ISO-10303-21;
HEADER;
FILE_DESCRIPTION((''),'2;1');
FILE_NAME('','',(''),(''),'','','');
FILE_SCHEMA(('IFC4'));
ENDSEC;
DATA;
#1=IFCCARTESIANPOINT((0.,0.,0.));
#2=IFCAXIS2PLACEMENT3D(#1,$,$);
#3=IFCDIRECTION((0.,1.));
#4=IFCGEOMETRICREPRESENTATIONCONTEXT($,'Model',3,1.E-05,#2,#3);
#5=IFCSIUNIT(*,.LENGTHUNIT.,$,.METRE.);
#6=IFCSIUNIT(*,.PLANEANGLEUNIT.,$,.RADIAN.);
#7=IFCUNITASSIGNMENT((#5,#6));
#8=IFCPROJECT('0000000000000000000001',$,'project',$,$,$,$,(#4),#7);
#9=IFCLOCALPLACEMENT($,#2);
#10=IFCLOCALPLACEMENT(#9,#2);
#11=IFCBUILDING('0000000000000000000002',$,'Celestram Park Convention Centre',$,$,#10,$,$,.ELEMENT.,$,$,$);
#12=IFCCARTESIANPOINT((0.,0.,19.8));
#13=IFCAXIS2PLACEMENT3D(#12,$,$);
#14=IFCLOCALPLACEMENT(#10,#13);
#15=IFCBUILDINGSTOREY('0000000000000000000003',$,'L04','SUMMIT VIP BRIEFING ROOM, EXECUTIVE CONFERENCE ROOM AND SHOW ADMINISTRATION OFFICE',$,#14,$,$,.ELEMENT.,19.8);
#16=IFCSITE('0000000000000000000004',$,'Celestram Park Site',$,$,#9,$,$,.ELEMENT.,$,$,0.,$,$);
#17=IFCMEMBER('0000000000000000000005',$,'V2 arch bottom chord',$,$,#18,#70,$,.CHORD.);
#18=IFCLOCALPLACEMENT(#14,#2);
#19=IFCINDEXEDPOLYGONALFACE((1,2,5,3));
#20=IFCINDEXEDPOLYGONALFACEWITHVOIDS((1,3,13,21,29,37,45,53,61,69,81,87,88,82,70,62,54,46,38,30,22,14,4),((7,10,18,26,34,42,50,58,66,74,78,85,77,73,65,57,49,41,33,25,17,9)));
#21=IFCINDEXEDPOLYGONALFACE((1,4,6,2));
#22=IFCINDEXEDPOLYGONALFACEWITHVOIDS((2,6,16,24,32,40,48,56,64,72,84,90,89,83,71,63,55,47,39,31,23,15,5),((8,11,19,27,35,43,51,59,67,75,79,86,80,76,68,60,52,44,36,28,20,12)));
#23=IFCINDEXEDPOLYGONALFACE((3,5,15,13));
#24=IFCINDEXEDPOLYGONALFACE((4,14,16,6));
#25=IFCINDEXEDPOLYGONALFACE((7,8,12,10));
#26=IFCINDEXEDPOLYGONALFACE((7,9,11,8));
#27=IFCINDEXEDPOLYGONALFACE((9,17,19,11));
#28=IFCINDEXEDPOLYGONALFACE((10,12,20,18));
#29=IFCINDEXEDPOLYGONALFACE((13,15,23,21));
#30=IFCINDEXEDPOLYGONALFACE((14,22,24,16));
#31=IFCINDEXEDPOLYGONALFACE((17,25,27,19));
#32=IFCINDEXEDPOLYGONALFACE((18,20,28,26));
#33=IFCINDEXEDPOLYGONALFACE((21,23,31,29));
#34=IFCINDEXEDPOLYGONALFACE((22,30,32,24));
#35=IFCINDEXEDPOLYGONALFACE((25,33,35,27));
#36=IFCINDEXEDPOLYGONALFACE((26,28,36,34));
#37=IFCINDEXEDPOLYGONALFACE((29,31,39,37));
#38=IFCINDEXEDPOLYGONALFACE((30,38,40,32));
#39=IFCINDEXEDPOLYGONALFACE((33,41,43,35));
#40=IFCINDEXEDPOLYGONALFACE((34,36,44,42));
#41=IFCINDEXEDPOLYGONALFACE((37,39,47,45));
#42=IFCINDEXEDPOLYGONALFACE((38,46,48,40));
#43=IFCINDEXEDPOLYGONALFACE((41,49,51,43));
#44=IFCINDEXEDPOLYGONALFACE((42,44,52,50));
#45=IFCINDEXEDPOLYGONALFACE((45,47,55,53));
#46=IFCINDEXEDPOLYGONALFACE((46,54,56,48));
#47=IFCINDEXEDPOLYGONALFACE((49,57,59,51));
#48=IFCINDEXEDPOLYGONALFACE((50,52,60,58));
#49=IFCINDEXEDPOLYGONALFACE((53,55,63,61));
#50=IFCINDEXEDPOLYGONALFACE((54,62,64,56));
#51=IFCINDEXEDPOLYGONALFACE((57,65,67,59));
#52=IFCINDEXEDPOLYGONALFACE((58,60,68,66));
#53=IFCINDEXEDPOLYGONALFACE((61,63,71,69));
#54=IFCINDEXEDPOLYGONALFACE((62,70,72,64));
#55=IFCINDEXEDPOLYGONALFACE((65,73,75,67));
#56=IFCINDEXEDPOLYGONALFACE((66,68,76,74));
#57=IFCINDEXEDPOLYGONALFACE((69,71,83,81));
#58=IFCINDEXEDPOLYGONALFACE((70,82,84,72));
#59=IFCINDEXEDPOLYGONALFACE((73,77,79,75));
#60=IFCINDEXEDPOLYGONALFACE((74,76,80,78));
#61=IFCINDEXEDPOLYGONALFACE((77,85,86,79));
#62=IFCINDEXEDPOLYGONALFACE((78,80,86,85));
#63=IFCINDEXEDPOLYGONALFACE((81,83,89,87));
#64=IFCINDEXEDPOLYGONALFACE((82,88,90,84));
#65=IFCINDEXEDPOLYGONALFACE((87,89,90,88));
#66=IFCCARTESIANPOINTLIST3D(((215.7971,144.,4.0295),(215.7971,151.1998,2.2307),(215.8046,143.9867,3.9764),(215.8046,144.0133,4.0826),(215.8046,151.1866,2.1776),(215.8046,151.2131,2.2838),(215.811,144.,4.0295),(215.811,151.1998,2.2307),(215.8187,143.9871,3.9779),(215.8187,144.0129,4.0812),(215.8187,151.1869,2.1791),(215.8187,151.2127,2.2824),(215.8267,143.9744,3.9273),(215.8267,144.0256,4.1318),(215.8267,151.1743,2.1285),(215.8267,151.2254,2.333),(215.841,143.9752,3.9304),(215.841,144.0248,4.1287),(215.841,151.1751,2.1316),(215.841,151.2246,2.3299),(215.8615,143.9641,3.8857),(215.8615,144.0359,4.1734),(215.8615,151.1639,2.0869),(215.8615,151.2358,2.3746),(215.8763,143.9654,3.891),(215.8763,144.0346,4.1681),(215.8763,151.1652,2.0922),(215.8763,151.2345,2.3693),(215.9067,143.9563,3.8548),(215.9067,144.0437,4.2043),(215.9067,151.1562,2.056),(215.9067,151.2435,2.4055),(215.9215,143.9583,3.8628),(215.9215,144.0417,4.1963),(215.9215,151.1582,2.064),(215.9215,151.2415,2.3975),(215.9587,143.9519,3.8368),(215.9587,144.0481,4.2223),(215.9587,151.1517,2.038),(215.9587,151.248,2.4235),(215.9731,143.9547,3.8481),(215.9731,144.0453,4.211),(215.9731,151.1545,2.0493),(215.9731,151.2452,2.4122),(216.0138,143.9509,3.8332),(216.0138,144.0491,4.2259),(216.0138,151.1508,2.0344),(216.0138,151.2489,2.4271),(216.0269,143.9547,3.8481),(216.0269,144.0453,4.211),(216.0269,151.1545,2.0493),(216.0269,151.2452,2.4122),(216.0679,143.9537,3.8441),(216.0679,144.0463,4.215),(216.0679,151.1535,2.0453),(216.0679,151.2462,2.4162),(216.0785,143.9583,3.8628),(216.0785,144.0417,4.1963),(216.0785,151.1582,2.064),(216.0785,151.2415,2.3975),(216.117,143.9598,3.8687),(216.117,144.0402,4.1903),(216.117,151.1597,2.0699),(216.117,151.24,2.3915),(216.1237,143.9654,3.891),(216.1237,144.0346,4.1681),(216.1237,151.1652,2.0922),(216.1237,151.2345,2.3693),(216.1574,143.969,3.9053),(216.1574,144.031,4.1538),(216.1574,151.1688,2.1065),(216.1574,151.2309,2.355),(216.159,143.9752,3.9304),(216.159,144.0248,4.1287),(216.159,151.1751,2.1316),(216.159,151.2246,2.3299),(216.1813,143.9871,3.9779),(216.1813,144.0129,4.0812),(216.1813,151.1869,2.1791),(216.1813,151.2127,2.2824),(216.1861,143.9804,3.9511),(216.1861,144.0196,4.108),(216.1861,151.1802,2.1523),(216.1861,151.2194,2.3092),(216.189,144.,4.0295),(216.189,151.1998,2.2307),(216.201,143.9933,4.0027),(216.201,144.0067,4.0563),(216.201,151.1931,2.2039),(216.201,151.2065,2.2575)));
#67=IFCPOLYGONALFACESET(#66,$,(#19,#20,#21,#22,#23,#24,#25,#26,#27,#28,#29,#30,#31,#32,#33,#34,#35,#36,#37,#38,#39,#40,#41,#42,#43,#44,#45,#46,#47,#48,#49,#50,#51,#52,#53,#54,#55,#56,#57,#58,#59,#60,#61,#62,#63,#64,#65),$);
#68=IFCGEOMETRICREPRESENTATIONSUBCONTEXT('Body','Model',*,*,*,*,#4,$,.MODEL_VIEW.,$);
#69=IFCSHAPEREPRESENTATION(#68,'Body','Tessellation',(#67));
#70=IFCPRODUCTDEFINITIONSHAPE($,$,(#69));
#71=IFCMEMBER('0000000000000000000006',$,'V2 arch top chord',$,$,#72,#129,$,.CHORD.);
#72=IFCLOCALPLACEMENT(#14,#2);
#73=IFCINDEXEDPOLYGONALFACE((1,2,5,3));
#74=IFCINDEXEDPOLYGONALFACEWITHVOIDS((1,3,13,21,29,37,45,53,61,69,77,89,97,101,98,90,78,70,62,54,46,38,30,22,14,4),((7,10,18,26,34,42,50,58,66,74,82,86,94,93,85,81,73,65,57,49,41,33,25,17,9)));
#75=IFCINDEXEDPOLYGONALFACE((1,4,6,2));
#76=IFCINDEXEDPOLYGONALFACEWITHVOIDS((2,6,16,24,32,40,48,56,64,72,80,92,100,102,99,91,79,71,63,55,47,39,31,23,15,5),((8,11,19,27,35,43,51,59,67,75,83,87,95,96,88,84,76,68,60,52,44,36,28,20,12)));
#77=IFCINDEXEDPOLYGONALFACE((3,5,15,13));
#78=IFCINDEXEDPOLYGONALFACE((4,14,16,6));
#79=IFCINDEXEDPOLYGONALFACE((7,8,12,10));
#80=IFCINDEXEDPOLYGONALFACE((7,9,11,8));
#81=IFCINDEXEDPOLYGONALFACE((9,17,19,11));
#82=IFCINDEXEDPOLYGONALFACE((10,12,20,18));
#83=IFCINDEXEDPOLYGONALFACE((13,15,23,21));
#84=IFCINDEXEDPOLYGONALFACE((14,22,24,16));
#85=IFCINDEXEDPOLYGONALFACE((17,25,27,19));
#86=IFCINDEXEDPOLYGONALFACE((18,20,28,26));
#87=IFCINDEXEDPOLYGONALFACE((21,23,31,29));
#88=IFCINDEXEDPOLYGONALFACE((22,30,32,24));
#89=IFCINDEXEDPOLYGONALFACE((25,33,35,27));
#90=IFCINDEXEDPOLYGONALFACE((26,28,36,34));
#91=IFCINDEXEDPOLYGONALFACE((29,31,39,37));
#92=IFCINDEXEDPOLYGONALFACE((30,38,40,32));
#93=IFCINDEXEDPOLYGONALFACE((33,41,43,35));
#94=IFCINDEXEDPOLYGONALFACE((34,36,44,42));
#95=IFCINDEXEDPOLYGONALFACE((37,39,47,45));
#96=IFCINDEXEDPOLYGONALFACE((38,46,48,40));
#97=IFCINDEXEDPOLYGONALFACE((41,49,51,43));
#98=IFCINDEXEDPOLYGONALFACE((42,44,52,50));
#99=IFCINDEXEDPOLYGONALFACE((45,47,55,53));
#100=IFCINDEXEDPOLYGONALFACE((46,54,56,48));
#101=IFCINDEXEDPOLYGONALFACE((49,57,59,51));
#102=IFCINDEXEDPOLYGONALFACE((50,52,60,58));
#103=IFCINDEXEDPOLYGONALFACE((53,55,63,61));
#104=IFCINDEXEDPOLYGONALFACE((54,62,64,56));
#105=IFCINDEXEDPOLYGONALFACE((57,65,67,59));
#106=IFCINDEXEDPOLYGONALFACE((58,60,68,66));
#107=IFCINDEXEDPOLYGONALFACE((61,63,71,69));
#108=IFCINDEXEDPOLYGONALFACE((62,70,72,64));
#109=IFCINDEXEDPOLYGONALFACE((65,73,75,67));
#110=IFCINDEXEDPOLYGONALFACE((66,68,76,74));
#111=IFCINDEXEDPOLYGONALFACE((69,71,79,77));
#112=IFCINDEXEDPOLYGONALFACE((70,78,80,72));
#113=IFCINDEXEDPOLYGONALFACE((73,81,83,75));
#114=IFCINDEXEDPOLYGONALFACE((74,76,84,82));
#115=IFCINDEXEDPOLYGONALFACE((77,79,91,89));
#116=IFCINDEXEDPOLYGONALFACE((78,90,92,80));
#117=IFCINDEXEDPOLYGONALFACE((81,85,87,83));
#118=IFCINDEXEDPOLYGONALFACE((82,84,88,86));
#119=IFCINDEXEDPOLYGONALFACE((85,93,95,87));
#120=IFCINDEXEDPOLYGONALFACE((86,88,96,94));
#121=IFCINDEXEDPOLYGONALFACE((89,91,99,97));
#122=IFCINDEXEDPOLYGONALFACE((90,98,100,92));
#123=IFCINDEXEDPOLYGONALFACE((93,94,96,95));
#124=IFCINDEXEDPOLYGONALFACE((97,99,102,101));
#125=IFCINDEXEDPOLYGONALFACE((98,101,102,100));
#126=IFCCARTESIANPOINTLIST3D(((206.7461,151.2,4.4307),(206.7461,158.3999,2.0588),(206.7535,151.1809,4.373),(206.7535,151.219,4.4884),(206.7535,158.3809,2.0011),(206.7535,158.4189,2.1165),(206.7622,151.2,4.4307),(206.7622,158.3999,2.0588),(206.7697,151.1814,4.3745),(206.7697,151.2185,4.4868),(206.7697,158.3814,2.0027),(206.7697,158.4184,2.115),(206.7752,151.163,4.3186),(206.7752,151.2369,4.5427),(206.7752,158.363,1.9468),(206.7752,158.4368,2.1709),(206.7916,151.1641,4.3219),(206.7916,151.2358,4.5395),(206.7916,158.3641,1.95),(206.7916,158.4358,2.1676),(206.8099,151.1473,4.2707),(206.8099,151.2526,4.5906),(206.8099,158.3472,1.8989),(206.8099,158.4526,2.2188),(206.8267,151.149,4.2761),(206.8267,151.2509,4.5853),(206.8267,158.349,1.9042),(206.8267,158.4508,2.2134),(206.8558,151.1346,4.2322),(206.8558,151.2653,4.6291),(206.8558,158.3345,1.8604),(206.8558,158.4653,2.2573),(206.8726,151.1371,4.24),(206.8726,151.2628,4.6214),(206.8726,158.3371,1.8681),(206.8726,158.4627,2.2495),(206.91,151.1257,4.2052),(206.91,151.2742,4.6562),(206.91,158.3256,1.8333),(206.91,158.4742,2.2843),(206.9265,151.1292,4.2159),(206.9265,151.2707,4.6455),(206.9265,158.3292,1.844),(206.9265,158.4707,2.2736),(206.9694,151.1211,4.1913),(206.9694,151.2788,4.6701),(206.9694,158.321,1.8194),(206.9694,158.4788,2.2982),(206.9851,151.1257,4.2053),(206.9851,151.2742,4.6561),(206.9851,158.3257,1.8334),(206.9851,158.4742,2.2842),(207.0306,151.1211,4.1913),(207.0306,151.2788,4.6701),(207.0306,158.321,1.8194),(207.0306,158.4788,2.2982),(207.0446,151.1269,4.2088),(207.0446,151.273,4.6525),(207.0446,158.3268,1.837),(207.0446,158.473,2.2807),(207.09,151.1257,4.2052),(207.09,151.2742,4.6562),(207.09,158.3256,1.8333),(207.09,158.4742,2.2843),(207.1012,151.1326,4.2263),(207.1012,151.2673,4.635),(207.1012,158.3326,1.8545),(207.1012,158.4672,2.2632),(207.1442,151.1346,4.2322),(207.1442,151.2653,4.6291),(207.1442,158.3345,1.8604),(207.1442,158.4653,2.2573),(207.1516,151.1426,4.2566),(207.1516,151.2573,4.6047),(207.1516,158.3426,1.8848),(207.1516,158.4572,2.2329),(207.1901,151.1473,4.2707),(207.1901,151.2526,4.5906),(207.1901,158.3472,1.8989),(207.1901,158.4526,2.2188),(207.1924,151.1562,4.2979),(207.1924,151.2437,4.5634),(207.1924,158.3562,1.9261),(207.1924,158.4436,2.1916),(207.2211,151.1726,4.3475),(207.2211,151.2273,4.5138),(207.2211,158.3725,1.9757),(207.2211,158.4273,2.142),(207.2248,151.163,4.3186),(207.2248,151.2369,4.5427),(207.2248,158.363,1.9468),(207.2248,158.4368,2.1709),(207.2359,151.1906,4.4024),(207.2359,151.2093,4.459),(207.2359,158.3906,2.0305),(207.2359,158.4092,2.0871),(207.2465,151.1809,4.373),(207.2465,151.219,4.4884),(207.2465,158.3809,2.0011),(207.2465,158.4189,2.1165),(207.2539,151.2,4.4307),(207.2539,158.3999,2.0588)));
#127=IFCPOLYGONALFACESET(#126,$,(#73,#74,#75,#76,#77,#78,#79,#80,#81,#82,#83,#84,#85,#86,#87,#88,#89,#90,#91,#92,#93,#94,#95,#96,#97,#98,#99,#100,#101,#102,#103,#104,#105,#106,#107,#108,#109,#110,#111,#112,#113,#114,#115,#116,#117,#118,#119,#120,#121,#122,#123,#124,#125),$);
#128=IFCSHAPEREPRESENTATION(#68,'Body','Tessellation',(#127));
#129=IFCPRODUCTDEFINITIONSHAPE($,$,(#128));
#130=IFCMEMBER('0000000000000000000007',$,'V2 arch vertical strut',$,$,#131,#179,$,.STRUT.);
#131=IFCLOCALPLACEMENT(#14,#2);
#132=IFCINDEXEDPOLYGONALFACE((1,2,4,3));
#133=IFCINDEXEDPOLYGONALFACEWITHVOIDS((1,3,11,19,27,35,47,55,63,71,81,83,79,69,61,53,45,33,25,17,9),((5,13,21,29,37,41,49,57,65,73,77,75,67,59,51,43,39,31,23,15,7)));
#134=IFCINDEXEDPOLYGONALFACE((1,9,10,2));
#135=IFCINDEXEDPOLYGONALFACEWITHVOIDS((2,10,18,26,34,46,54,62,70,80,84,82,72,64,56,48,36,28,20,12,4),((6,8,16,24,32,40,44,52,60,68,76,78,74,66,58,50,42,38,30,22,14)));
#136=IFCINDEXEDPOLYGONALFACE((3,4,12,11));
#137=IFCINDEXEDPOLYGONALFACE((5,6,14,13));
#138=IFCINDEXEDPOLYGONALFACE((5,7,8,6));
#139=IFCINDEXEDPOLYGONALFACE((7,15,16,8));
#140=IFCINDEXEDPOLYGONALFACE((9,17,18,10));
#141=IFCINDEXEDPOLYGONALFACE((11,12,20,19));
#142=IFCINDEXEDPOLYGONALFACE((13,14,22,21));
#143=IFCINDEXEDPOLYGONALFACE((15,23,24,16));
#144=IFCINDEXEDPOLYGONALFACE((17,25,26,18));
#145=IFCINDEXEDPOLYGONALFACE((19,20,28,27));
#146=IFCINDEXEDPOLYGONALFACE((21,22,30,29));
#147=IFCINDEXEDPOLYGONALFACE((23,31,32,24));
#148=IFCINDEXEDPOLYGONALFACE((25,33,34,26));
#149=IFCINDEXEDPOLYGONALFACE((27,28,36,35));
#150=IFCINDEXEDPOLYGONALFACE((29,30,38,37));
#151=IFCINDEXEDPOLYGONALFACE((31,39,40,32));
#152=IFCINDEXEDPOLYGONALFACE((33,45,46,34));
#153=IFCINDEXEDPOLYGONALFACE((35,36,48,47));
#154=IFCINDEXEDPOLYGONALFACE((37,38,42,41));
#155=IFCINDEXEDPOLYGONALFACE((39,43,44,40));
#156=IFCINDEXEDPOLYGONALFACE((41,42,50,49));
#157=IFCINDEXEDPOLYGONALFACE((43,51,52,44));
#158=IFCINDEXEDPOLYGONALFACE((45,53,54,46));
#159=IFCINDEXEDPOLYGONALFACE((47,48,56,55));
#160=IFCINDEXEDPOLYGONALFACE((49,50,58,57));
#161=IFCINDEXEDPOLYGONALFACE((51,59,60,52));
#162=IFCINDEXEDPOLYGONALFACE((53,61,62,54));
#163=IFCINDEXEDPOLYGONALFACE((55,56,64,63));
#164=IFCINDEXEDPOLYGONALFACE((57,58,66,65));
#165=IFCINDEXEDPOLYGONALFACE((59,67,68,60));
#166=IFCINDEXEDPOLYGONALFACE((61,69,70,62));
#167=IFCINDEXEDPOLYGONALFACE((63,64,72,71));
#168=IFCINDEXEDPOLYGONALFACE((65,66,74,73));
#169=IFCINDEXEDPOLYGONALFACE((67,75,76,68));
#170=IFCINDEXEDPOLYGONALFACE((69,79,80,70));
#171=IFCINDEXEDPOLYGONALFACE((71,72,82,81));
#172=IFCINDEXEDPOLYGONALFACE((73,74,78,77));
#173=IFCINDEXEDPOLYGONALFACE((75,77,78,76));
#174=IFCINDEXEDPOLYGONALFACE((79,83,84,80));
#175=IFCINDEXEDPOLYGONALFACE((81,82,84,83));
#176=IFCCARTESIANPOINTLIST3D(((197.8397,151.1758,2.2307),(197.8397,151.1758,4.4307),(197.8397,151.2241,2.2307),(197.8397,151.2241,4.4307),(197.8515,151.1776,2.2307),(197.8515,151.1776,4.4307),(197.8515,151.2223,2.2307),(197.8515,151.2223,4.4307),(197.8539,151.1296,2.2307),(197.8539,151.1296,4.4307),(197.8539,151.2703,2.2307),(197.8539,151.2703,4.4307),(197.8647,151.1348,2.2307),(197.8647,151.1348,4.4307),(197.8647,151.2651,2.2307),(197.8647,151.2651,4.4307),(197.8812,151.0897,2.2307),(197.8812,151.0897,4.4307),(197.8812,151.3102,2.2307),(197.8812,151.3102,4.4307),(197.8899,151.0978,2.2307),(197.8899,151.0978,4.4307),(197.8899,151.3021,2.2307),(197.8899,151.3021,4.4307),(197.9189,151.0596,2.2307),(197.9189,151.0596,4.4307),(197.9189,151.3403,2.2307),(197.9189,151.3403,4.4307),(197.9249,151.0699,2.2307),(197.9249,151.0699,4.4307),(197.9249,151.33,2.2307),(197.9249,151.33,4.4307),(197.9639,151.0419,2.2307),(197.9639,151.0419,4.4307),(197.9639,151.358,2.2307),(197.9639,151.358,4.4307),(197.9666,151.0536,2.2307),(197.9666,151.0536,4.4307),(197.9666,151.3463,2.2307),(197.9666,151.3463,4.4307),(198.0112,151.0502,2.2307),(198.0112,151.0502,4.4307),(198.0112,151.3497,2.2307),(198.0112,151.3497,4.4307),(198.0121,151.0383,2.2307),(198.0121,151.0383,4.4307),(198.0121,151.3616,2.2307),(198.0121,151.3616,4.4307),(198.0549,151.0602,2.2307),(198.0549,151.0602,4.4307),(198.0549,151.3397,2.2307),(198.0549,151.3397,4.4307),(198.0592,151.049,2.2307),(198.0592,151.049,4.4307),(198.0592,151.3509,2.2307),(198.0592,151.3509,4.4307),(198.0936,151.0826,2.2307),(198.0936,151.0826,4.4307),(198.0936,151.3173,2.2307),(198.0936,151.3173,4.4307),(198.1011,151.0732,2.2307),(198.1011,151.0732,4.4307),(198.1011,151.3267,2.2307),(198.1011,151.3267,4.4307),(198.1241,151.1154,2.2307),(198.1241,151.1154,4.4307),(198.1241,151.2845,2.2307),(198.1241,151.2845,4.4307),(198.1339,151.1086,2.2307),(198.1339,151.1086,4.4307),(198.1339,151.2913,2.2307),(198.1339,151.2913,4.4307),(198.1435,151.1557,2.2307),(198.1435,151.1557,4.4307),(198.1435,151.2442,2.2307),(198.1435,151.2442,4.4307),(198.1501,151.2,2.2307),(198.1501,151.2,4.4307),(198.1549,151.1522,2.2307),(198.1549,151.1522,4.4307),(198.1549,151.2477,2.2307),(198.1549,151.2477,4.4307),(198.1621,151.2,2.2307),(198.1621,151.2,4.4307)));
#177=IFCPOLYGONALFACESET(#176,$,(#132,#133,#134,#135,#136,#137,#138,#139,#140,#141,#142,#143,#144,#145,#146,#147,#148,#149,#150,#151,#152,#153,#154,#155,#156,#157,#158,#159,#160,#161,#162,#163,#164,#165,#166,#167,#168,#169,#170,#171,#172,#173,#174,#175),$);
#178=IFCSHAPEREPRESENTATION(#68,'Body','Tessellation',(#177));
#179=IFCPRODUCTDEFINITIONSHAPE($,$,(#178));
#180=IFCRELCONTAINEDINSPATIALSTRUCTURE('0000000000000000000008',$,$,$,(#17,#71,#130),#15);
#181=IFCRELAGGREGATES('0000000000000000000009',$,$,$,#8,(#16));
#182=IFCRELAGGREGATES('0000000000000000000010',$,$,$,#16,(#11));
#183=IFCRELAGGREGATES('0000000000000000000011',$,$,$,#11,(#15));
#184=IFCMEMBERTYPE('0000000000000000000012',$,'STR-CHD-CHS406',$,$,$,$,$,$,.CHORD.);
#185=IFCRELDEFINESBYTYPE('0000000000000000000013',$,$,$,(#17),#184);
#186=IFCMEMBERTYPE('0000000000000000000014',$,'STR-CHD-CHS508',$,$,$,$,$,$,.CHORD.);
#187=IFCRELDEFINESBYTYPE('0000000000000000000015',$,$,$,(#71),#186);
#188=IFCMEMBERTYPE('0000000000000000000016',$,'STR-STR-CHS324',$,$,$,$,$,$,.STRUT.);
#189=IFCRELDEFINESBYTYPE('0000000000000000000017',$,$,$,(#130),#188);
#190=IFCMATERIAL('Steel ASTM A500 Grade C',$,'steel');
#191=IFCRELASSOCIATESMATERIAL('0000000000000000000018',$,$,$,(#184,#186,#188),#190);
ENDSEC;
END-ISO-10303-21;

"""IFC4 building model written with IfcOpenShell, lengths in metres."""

from ifc_helpers import new_model, si_unit, direction, frame, origin, origin_2d, place, context, subcontext, project, spatial, hollow_circle, extrude, material, material_profile, profile_set, type_object, element, save


model = new_model("IFC4")

# Units and contexts
model_context = context("Model", 3, precision=1e-05, world=origin(), true_north=direction((0.0, 1.0)))
body_context = subcontext(model_context, "Body", "Model", "MODEL_VIEW")
ifc_project = project(units=[si_unit("LENGTHUNIT", "METRE"), si_unit("PLANEANGLEUNIT", "RADIAN")], contexts=[model_context])

# Site, building, storey
site_placement = place(None, origin())
site = spatial("IfcSite", under=ifc_project, at=site_placement, Name="Celestram Park Site", CompositionType="ELEMENT", RefElevation=0.0)
building_placement = place(site_placement, origin())
building = spatial("IfcBuilding", under=site, at=building_placement, Name="Celestram Park Convention Centre", CompositionType="ELEMENT")
storey_placement = place(building_placement, frame((0.0, 0.0, 19.8)))
storey = spatial("IfcBuildingStorey", under=building, at=storey_placement, Name="L04", Description="SUMMIT VIP BRIEFING ROOM, EXECUTIVE CONFERENCE ROOM AND SHOW ADMINISTRATION OFFICE", CompositionType="ELEMENT", Elevation=19.8)

# Members
ifc_material_1 = material(Name="Steel ASTM A500 Grade C", Category="steel")
ifc_material_profile_1 = material_profile(ifc_material_1, hollow_circle(Radius=0.2029, WallThickness=0.0139, at=origin_2d()), Name="CHS406X14")
ifc_profile_set_1 = profile_set([ifc_material_profile_1], Name="Steel ASTM A500 Grade C")
member_type_1 = type_object("IfcMemberType", Name="STR-CHD-CHS406", PredefinedType="CHORD", material=ifc_profile_set_1)
member_1_placement = place(storey_placement, frame((216.0, 144.0, 4.0295), z_axis=(0.0, 0.970179, -0.242389), x_axis=(-1.0, 0.0, 0.0)))
element("IfcMember", 1, at=member_1_placement, inside=storey, type_object=member_type_1, Name="V2 arch bottom chord", PredefinedType="CHORD", context=body_context, shape_type="SweptSolid", body=[
    extrude(hollow_circle(Radius=0.2029, WallThickness=0.0139, at=origin_2d()), origin(), (0.0, 0.0, 1.0), 7.4211),
])
ifc_material_profile_2 = material_profile(ifc_material_1, hollow_circle(Radius=0.2539, WallThickness=0.0161, at=origin_2d()), Name="CHS508X16")
ifc_profile_set_2 = profile_set([ifc_material_profile_2], Name="Steel ASTM A500 Grade C")
member_type_2 = type_object("IfcMemberType", Name="STR-CHD-CHS508", PredefinedType="CHORD", material=ifc_profile_set_2)
member_2_placement = place(storey_placement, frame((207.0, 151.2, 4.4307), z_axis=(0.0, 0.949792, -0.312883), x_axis=(-1.0, 0.0, 0.0)))
element("IfcMember", 2, at=member_2_placement, inside=storey, type_object=member_type_2, Name="V2 arch top chord", PredefinedType="CHORD", context=body_context, shape_type="SweptSolid", body=[
    extrude(hollow_circle(Radius=0.2539, WallThickness=0.0161, at=origin_2d()), origin(), (0.0, 0.0, 1.0), 7.5806),
])
ifc_material_profile_3 = material_profile(ifc_material_1, hollow_circle(Radius=0.1621, WallThickness=0.012, at=origin_2d()), Name="CHS324X12")
ifc_profile_set_3 = profile_set([ifc_material_profile_3], Name="Steel ASTM A500 Grade C")
member_type_3 = type_object("IfcMemberType", Name="STR-STR-CHS324", PredefinedType="STRUT", material=ifc_profile_set_3)
for number, where, z_axis, x_axis, name in (
    (3, (198.0, 151.2, 2.2307), (0.0, 0.0, 1.0), (1.0, 0.0, 0.0), "V2 arch vertical strut"),
):
    element("IfcMember", number, at=place(storey_placement, frame(where, z_axis=z_axis, x_axis=x_axis)), inside=storey, type_object=member_type_3, Name=name, PredefinedType="STRUT", context=body_context, shape_type="SweptSolid", body=[
        extrude(hollow_circle(Radius=0.1621, WallThickness=0.012, at=origin_2d()), origin(), (0.0, 0.0, 1.0), 2.2),
    ])

save(model, "model.ifc")
